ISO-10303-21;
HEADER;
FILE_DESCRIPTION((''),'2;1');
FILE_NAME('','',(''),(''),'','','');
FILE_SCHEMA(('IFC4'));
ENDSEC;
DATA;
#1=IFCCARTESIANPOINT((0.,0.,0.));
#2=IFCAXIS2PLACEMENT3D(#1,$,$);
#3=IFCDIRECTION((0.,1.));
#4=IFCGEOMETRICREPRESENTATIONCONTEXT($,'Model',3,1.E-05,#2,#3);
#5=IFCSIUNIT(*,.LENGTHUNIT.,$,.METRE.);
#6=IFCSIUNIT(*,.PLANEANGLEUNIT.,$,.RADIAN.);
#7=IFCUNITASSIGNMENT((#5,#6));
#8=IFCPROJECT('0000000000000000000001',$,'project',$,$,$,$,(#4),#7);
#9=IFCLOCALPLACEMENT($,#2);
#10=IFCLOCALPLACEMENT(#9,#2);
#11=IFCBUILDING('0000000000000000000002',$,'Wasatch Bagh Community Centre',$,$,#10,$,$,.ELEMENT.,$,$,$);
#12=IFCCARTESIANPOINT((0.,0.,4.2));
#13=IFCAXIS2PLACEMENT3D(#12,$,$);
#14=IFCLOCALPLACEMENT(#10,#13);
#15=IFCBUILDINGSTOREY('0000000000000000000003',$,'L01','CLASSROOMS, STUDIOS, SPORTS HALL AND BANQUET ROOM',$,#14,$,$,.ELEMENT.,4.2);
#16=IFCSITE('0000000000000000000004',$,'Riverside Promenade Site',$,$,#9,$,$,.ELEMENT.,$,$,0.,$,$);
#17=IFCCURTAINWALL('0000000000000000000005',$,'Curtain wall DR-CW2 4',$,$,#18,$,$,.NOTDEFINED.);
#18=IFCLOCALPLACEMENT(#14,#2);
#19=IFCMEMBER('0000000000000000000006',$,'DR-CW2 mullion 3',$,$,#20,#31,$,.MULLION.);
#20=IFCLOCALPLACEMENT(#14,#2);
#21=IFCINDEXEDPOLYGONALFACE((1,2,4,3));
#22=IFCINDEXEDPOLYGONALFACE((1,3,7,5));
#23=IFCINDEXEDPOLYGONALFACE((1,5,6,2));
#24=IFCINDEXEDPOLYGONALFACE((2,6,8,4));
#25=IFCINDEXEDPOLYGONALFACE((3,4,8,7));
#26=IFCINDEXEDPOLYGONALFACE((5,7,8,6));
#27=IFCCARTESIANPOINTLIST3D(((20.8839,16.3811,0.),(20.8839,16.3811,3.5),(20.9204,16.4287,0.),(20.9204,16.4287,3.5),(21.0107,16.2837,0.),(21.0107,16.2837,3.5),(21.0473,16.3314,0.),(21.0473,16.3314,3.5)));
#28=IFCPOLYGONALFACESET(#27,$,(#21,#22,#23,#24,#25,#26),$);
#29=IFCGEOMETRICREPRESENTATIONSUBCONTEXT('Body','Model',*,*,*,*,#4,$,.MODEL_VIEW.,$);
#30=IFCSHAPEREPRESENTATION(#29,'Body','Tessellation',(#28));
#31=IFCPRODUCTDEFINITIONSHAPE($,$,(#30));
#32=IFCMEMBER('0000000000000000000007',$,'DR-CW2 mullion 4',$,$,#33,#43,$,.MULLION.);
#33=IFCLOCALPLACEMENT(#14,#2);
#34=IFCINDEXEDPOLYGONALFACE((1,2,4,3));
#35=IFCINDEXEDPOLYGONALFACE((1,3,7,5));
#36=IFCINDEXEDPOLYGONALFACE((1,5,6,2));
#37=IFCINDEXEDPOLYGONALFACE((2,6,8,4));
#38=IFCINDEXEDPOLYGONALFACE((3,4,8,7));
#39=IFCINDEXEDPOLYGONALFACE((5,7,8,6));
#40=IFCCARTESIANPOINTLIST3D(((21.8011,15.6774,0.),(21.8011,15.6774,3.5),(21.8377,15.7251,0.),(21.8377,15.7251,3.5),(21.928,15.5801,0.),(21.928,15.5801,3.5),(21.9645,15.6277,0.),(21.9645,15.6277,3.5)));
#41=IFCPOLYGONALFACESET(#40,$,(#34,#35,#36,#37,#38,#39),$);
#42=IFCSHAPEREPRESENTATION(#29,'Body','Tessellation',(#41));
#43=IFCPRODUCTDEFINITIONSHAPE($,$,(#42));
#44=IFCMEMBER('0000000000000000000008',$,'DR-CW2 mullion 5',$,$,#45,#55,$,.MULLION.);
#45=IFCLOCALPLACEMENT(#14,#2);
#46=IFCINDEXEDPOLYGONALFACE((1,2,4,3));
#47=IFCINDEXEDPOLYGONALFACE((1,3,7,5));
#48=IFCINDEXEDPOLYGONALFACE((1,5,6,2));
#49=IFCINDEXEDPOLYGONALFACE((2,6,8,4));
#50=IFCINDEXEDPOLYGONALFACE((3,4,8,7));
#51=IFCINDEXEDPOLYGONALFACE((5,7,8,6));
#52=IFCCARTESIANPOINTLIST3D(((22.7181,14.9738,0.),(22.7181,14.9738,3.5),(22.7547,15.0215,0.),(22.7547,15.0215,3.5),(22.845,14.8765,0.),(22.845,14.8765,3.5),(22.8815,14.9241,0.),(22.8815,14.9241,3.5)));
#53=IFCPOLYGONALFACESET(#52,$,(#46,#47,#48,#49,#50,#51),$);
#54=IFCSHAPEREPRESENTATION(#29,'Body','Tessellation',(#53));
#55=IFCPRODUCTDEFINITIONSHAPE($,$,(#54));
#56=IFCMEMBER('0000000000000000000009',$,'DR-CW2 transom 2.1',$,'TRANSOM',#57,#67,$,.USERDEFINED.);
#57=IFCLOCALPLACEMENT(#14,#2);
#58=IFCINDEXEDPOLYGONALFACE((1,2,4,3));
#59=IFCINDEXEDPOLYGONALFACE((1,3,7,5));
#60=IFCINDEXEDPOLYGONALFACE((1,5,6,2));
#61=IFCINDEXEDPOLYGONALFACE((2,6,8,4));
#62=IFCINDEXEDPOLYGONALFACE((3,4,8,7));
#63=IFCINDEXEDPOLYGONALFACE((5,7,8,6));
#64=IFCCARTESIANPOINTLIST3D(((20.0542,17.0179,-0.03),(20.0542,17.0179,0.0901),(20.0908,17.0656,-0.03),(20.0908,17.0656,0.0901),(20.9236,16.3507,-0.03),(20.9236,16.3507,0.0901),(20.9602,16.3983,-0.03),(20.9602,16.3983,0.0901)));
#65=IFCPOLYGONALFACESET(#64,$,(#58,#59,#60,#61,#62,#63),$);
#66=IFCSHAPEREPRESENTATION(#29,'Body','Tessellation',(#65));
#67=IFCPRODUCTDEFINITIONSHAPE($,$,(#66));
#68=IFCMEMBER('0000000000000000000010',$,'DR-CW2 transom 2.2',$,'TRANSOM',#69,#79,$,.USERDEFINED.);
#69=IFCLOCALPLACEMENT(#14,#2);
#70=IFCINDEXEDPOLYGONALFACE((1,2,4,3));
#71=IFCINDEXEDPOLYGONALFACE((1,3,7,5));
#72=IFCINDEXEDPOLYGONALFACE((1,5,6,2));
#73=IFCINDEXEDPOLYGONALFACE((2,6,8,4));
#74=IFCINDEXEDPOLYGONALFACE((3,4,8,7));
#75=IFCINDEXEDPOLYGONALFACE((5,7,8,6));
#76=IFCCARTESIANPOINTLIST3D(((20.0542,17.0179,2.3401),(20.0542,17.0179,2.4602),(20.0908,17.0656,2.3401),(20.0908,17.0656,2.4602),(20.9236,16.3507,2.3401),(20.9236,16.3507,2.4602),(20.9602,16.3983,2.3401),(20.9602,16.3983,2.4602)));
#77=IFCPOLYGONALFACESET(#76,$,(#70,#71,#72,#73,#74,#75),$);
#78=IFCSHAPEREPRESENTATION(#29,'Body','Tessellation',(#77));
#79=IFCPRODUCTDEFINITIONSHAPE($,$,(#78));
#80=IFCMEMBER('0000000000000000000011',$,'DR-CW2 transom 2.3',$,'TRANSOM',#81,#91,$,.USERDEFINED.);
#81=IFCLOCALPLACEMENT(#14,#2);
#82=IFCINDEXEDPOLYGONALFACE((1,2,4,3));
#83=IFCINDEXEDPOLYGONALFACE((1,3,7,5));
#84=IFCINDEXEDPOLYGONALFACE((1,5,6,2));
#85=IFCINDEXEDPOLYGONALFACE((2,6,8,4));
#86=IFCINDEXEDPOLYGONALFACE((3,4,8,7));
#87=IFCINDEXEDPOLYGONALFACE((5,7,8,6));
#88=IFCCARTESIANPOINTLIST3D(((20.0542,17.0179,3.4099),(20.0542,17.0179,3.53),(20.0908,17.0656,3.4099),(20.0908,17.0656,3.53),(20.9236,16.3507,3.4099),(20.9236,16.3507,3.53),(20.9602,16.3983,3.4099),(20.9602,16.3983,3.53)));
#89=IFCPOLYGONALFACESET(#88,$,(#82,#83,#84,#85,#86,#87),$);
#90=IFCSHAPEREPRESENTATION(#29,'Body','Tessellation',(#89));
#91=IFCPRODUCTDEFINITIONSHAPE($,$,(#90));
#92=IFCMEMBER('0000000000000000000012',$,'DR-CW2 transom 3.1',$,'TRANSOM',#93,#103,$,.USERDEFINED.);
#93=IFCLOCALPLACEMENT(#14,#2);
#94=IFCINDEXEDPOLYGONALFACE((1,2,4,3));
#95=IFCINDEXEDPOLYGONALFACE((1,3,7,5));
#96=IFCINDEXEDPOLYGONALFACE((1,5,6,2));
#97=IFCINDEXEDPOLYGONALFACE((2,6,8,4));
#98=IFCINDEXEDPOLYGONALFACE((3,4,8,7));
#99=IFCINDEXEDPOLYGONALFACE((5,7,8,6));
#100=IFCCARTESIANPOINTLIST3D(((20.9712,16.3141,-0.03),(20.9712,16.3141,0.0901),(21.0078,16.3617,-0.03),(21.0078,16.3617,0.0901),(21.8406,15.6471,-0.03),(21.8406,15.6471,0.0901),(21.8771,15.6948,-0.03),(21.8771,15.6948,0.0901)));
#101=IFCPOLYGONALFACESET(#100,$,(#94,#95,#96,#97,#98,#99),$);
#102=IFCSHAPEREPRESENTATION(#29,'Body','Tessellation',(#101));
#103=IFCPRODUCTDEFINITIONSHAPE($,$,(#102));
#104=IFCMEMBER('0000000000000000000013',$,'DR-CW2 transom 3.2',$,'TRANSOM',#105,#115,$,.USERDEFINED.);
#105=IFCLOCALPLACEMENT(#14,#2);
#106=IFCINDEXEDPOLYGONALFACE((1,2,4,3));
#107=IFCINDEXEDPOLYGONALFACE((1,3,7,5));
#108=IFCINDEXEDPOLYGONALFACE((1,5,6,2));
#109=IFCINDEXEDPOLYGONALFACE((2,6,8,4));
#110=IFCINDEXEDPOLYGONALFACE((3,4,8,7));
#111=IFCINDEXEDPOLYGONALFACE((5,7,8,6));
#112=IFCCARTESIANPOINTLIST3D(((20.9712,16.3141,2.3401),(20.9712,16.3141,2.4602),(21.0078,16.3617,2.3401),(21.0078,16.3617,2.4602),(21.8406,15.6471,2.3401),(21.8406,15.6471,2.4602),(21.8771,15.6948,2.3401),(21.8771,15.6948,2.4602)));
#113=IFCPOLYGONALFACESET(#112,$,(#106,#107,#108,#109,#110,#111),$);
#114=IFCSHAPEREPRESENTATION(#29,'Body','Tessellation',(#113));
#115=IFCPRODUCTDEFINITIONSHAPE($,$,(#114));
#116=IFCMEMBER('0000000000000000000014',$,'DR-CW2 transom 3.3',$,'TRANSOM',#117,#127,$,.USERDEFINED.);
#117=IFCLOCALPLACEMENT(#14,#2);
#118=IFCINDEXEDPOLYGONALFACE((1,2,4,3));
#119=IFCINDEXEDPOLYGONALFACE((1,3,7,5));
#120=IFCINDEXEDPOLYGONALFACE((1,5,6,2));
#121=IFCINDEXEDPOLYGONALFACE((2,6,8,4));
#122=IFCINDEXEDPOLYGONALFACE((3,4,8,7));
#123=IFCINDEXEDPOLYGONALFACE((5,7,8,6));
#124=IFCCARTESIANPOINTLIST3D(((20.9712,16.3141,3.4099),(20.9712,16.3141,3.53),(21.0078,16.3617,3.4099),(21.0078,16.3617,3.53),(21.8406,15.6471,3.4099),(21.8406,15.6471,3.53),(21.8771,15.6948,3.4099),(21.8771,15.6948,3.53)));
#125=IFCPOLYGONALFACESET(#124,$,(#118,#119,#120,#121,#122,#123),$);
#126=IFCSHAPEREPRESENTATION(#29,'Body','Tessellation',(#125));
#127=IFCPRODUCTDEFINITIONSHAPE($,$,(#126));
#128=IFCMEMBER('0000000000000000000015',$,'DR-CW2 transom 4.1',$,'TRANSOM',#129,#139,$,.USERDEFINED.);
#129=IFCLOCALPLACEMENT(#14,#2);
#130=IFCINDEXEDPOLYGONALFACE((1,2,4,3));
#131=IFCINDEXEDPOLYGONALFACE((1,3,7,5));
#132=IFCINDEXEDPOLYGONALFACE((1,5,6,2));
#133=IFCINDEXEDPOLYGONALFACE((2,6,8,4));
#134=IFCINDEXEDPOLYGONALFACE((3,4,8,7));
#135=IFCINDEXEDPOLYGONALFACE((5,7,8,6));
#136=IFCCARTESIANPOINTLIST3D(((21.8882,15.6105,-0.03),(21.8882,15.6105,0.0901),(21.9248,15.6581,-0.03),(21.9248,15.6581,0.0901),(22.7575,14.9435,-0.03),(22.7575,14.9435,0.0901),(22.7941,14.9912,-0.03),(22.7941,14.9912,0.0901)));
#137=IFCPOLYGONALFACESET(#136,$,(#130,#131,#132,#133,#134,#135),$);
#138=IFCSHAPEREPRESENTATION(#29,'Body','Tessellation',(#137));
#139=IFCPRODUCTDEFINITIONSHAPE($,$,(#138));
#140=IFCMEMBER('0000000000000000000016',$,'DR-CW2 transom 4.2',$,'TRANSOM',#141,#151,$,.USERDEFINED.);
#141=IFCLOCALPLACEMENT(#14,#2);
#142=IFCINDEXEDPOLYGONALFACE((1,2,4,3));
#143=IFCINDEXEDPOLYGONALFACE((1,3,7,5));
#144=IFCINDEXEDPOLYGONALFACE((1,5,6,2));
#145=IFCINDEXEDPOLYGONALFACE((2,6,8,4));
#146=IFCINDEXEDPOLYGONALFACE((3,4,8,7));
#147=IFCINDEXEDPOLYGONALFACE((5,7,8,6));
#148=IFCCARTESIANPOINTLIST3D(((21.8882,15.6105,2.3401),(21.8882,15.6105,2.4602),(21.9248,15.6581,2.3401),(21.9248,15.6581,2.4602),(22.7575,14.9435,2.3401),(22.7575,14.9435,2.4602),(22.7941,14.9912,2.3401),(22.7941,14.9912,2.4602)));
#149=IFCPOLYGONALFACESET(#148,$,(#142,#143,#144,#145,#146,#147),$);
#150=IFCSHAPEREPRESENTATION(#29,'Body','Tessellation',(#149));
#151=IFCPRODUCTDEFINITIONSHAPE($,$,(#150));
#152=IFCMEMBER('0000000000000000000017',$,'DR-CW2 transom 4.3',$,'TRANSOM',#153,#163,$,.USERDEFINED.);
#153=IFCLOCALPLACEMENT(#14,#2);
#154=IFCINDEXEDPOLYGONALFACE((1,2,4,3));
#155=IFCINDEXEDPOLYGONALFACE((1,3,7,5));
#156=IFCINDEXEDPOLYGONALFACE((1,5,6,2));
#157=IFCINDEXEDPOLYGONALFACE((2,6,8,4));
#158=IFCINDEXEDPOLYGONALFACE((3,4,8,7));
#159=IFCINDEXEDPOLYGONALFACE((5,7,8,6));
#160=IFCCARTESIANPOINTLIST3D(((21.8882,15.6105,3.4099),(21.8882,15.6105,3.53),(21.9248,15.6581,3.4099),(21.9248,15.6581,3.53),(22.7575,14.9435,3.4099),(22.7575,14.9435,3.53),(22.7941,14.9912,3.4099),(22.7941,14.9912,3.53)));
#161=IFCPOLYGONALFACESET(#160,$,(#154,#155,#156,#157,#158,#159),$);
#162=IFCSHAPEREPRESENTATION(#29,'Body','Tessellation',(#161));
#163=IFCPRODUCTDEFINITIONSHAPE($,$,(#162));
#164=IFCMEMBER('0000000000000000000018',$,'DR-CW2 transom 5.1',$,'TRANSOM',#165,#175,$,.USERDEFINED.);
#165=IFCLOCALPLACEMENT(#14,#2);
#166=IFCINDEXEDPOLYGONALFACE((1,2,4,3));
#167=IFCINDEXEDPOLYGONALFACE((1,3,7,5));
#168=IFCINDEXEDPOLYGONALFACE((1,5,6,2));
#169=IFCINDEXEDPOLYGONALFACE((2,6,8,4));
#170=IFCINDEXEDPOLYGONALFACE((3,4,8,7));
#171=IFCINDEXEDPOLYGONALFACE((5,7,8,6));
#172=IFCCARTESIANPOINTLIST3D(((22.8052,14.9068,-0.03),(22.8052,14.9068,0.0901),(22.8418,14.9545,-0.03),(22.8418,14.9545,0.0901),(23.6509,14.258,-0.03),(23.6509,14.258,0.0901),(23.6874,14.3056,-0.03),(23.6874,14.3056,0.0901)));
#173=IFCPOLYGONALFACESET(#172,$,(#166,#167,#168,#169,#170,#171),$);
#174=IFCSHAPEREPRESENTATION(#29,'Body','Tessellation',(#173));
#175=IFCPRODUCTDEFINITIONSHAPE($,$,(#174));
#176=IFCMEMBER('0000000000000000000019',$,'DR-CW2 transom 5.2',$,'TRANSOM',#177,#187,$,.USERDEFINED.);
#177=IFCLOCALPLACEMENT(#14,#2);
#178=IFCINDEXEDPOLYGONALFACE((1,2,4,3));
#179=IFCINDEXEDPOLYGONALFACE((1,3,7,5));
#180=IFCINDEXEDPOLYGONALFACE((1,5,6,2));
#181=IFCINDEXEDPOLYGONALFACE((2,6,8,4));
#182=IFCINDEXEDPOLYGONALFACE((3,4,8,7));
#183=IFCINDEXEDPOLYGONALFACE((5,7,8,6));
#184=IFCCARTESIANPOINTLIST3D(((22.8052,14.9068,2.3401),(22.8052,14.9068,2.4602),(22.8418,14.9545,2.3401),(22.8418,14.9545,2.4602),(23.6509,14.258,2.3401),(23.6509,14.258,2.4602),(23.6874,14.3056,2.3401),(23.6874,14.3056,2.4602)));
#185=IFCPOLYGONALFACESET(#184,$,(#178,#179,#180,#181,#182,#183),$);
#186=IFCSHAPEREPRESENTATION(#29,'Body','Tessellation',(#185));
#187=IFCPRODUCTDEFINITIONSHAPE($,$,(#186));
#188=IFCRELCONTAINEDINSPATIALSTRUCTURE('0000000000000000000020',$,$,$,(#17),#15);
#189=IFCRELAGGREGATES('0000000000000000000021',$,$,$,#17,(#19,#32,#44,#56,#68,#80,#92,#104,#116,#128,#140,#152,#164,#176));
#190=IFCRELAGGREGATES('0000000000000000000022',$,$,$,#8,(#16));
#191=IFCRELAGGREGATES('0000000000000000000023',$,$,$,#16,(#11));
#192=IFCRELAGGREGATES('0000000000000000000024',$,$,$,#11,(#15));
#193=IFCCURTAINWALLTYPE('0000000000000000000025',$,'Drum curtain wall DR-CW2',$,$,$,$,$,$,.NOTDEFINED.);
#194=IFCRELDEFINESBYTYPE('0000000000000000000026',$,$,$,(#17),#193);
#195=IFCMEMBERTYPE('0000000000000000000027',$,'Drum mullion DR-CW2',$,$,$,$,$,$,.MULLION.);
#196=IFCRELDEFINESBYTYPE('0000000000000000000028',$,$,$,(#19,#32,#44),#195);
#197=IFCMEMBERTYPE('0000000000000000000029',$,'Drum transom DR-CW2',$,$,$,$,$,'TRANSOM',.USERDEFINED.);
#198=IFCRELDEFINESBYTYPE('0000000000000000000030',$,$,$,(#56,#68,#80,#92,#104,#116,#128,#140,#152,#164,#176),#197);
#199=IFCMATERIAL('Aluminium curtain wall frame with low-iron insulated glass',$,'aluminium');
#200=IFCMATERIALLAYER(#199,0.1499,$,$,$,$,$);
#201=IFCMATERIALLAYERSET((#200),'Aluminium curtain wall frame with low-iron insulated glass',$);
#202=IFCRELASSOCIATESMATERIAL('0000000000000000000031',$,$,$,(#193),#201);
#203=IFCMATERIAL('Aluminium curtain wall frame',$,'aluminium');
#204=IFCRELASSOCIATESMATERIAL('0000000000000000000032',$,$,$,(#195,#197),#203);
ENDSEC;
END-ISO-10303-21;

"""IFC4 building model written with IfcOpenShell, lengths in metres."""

from ifc_helpers import new_model, si_unit, direction, frame, origin, origin_2d, place, context, subcontext, project, spatial, rectangle, extrude, material, layer, layer_set, material_profile, profile_set, type_object, element, aggregate, save


model = new_model("IFC4")

# Units and contexts
model_context = context("Model", 3, precision=1e-05, world=origin(), true_north=direction((0.0, 1.0)))
body_context = subcontext(model_context, "Body", "Model", "MODEL_VIEW")
ifc_project = project(units=[si_unit("LENGTHUNIT", "METRE"), si_unit("PLANEANGLEUNIT", "RADIAN")], contexts=[model_context])

# Site, building, storey
site_placement = place(None, origin())
site = spatial("IfcSite", under=ifc_project, at=site_placement, Name="Riverside Promenade Site", CompositionType="ELEMENT", RefElevation=0.0)
building_placement = place(site_placement, origin())
building = spatial("IfcBuilding", under=site, at=building_placement, Name="Wasatch Bagh Community Centre", CompositionType="ELEMENT")
storey_placement = place(building_placement, frame((0.0, 0.0, 4.2)))
storey = spatial("IfcBuildingStorey", under=building, at=storey_placement, Name="L01", Description="CLASSROOMS, STUDIOS, SPORTS HALL AND BANQUET ROOM", CompositionType="ELEMENT", Elevation=4.2)

# Curtain wall, members
ifc_material_1 = material(Name="Aluminium curtain wall frame with low-iron insulated glass", Category="aluminium")
ifc_layer_1 = layer(ifc_material_1, 0.1499)
ifc_layer_set_1 = layer_set([ifc_layer_1], Name="Aluminium curtain wall frame with low-iron insulated glass")
curtain_wall_type = type_object("IfcCurtainWallType", Name="Drum curtain wall DR-CW2", PredefinedType="NOTDEFINED", material=ifc_layer_set_1)
curtain_wall_placement = place(storey_placement, origin())
curtain_wall = element("IfcCurtainWall", 1, at=curtain_wall_placement, inside=storey, type_object=curtain_wall_type, Name="Curtain wall DR-CW2 4", PredefinedType="NOTDEFINED")
ifc_material_2 = material(Name="Aluminium curtain wall frame", Category="aluminium")
ifc_material_profile_1 = material_profile(ifc_material_2, rectangle(XDim=0.0601, YDim=0.1599, at=origin_2d()), Name="Drum mullion DR-CW2")
ifc_profile_set_1 = profile_set([ifc_material_profile_1], Name="Aluminium curtain wall frame")
member_type_1 = type_object("IfcMemberType", Name="Drum mullion DR-CW2", PredefinedType="MULLION", material=ifc_profile_set_1)
member_1_placement = place(storey_placement, frame((20.9656, 16.3562, 0.0), z_axis=(0.0, 0.0, 1.0), x_axis=(0.608761, 0.793353, 0.0)))
member_1 = element("IfcMember", 2, at=member_1_placement, type_object=member_type_1, Name="DR-CW2 mullion 3", PredefinedType="MULLION", context=body_context, shape_type="SweptSolid", body=[
    extrude(rectangle(XDim=0.0601, YDim=0.1599, at=origin_2d()), origin(), (0.0, 0.0, 1.0), 3.5),
])
member_2_placement = place(storey_placement, frame((21.8828, 15.6526, 0.0), z_axis=(0.0, 0.0, 1.0), x_axis=(0.608761, 0.793353, 0.0)))
member_2 = element("IfcMember", 3, at=member_2_placement, type_object=member_type_1, Name="DR-CW2 mullion 4", PredefinedType="MULLION", context=body_context, shape_type="SweptSolid", body=[
    extrude(rectangle(XDim=0.0601, YDim=0.1599, at=origin_2d()), origin(), (0.0, 0.0, 1.0), 3.5),
])
member_3_placement = place(storey_placement, frame((22.7998, 14.949, 0.0), z_axis=(0.0, 0.0, 1.0), x_axis=(0.608761, 0.793353, 0.0)))
member_3 = element("IfcMember", 4, at=member_3_placement, type_object=member_type_1, Name="DR-CW2 mullion 5", PredefinedType="MULLION", context=body_context, shape_type="SweptSolid", body=[
    extrude(rectangle(XDim=0.0601, YDim=0.1599, at=origin_2d()), origin(), (0.0, 0.0, 1.0), 3.5),
])
ifc_material_profile_2 = material_profile(ifc_material_2, rectangle(XDim=0.0601, YDim=0.1201, at=origin_2d()), Name="Drum transom DR-CW2")
ifc_profile_set_2 = profile_set([ifc_material_profile_2], Name="Aluminium curtain wall frame")
member_type_2 = type_object("IfcMemberType", Name="Drum transom DR-CW2", ElementType="TRANSOM", PredefinedType="USERDEFINED", material=ifc_profile_set_2)
member_4_placement = place(storey_placement, frame((20.0725, 17.0417, 0.03), z_axis=(0.793294, -0.608838, 0.0), x_axis=(0.608838, 0.793294, 0.0)))
member_4 = element("IfcMember", 5, at=member_4_placement, type_object=member_type_2, Name="DR-CW2 transom 2.1", ObjectType="TRANSOM", PredefinedType="USERDEFINED", context=body_context, shape_type="SweptSolid", body=[
    extrude(rectangle(XDim=0.0601, YDim=0.1201, at=origin_2d()), origin(), (0.0, 0.0, 1.0), 1.0959),
])
member_5_placement = place(storey_placement, frame((20.0725, 17.0417, 2.4001), z_axis=(0.793294, -0.608838, 0.0), x_axis=(0.608838, 0.793294, 0.0)))
member_5 = element("IfcMember", 6, at=member_5_placement, type_object=member_type_2, Name="DR-CW2 transom 2.2", ObjectType="TRANSOM", PredefinedType="USERDEFINED", context=body_context, shape_type="SweptSolid", body=[
    extrude(rectangle(XDim=0.0601, YDim=0.1201, at=origin_2d()), origin(), (0.0, 0.0, 1.0), 1.0959),
])
member_6_placement = place(storey_placement, frame((20.0725, 17.0417, 3.47), z_axis=(0.793294, -0.608838, 0.0), x_axis=(0.608838, 0.793294, 0.0)))
member_6 = element("IfcMember", 7, at=member_6_placement, type_object=member_type_2, Name="DR-CW2 transom 2.3", ObjectType="TRANSOM", PredefinedType="USERDEFINED", context=body_context, shape_type="SweptSolid", body=[
    extrude(rectangle(XDim=0.0601, YDim=0.1201, at=origin_2d()), origin(), (0.0, 0.0, 1.0), 1.0959),
])
member_7_placement = place(storey_placement, frame((20.9895, 16.3379, 0.03), z_axis=(0.793402, -0.608698, 0.0), x_axis=(0.608698, 0.793402, 0.0)))
member_7 = element("IfcMember", 8, at=member_7_placement, type_object=member_type_2, Name="DR-CW2 transom 3.1", ObjectType="TRANSOM", PredefinedType="USERDEFINED", context=body_context, shape_type="SweptSolid", body=[
    extrude(rectangle(XDim=0.0601, YDim=0.1201, at=origin_2d()), origin(), (0.0, 0.0, 1.0), 1.0957),
])
member_8_placement = place(storey_placement, frame((20.9895, 16.3379, 2.4001), z_axis=(0.793402, -0.608698, 0.0), x_axis=(0.608698, 0.793402, 0.0)))
member_8 = element("IfcMember", 9, at=member_8_placement, type_object=member_type_2, Name="DR-CW2 transom 3.2", ObjectType="TRANSOM", PredefinedType="USERDEFINED", context=body_context, shape_type="SweptSolid", body=[
    extrude(rectangle(XDim=0.0601, YDim=0.1201, at=origin_2d()), origin(), (0.0, 0.0, 1.0), 1.0957),
])
member_9_placement = place(storey_placement, frame((20.9895, 16.3379, 3.47), z_axis=(0.793402, -0.608698, 0.0), x_axis=(0.608698, 0.793402, 0.0)))
member_9 = element("IfcMember", 10, at=member_9_placement, type_object=member_type_2, Name="DR-CW2 transom 3.3", ObjectType="TRANSOM", PredefinedType="USERDEFINED", context=body_context, shape_type="SweptSolid", body=[
    extrude(rectangle(XDim=0.0601, YDim=0.1201, at=origin_2d()), origin(), (0.0, 0.0, 1.0), 1.0957),
])
member_10_placement = place(storey_placement, frame((21.9065, 15.6343, 0.03), z_axis=(0.793402, -0.608698, 0.0), x_axis=(0.608698, 0.793402, 0.0)))
member_10 = element("IfcMember", 11, at=member_10_placement, type_object=member_type_2, Name="DR-CW2 transom 4.1", ObjectType="TRANSOM", PredefinedType="USERDEFINED", context=body_context, shape_type="SweptSolid", body=[
    extrude(rectangle(XDim=0.0601, YDim=0.1201, at=origin_2d()), origin(), (0.0, 0.0, 1.0), 1.0957),
])
member_11_placement = place(storey_placement, frame((21.9065, 15.6343, 2.4001), z_axis=(0.793402, -0.608698, 0.0), x_axis=(0.608698, 0.793402, 0.0)))
member_11 = element("IfcMember", 12, at=member_11_placement, type_object=member_type_2, Name="DR-CW2 transom 4.2", ObjectType="TRANSOM", PredefinedType="USERDEFINED", context=body_context, shape_type="SweptSolid", body=[
    extrude(rectangle(XDim=0.0601, YDim=0.1201, at=origin_2d()), origin(), (0.0, 0.0, 1.0), 1.0957),
])
member_12_placement = place(storey_placement, frame((21.9065, 15.6343, 3.47), z_axis=(0.793402, -0.608698, 0.0), x_axis=(0.608698, 0.793402, 0.0)))
member_12 = element("IfcMember", 13, at=member_12_placement, type_object=member_type_2, Name="DR-CW2 transom 4.3", ObjectType="TRANSOM", PredefinedType="USERDEFINED", context=body_context, shape_type="SweptSolid", body=[
    extrude(rectangle(XDim=0.0601, YDim=0.1201, at=origin_2d()), origin(), (0.0, 0.0, 1.0), 1.0957),
])
member_13_placement = place(storey_placement, frame((22.8235, 14.9307, 0.03), z_axis=(0.793356, -0.608758, 0.0), x_axis=(0.608758, 0.793356, 0.0)))
member_13 = element("IfcMember", 14, at=member_13_placement, type_object=member_type_2, Name="DR-CW2 transom 5.1", ObjectType="TRANSOM", PredefinedType="USERDEFINED", context=body_context, shape_type="SweptSolid", body=[
    extrude(rectangle(XDim=0.0601, YDim=0.1201, at=origin_2d()), origin(), (0.0, 0.0, 1.0), 1.0659),
])
member_14_placement = place(storey_placement, frame((22.8235, 14.9307, 2.4001), z_axis=(0.793356, -0.608758, 0.0), x_axis=(0.608758, 0.793356, 0.0)))
member_14 = element("IfcMember", 15, at=member_14_placement, type_object=member_type_2, Name="DR-CW2 transom 5.2", ObjectType="TRANSOM", PredefinedType="USERDEFINED", context=body_context, shape_type="SweptSolid", body=[
    extrude(rectangle(XDim=0.0601, YDim=0.1201, at=origin_2d()), origin(), (0.0, 0.0, 1.0), 1.0659),
])
aggregate(curtain_wall, [member_1, member_2, member_3, member_4, member_5, member_6, member_7, member_8, member_9, member_10, member_11, member_12, member_13, member_14])

save(model, "model.ifc")
